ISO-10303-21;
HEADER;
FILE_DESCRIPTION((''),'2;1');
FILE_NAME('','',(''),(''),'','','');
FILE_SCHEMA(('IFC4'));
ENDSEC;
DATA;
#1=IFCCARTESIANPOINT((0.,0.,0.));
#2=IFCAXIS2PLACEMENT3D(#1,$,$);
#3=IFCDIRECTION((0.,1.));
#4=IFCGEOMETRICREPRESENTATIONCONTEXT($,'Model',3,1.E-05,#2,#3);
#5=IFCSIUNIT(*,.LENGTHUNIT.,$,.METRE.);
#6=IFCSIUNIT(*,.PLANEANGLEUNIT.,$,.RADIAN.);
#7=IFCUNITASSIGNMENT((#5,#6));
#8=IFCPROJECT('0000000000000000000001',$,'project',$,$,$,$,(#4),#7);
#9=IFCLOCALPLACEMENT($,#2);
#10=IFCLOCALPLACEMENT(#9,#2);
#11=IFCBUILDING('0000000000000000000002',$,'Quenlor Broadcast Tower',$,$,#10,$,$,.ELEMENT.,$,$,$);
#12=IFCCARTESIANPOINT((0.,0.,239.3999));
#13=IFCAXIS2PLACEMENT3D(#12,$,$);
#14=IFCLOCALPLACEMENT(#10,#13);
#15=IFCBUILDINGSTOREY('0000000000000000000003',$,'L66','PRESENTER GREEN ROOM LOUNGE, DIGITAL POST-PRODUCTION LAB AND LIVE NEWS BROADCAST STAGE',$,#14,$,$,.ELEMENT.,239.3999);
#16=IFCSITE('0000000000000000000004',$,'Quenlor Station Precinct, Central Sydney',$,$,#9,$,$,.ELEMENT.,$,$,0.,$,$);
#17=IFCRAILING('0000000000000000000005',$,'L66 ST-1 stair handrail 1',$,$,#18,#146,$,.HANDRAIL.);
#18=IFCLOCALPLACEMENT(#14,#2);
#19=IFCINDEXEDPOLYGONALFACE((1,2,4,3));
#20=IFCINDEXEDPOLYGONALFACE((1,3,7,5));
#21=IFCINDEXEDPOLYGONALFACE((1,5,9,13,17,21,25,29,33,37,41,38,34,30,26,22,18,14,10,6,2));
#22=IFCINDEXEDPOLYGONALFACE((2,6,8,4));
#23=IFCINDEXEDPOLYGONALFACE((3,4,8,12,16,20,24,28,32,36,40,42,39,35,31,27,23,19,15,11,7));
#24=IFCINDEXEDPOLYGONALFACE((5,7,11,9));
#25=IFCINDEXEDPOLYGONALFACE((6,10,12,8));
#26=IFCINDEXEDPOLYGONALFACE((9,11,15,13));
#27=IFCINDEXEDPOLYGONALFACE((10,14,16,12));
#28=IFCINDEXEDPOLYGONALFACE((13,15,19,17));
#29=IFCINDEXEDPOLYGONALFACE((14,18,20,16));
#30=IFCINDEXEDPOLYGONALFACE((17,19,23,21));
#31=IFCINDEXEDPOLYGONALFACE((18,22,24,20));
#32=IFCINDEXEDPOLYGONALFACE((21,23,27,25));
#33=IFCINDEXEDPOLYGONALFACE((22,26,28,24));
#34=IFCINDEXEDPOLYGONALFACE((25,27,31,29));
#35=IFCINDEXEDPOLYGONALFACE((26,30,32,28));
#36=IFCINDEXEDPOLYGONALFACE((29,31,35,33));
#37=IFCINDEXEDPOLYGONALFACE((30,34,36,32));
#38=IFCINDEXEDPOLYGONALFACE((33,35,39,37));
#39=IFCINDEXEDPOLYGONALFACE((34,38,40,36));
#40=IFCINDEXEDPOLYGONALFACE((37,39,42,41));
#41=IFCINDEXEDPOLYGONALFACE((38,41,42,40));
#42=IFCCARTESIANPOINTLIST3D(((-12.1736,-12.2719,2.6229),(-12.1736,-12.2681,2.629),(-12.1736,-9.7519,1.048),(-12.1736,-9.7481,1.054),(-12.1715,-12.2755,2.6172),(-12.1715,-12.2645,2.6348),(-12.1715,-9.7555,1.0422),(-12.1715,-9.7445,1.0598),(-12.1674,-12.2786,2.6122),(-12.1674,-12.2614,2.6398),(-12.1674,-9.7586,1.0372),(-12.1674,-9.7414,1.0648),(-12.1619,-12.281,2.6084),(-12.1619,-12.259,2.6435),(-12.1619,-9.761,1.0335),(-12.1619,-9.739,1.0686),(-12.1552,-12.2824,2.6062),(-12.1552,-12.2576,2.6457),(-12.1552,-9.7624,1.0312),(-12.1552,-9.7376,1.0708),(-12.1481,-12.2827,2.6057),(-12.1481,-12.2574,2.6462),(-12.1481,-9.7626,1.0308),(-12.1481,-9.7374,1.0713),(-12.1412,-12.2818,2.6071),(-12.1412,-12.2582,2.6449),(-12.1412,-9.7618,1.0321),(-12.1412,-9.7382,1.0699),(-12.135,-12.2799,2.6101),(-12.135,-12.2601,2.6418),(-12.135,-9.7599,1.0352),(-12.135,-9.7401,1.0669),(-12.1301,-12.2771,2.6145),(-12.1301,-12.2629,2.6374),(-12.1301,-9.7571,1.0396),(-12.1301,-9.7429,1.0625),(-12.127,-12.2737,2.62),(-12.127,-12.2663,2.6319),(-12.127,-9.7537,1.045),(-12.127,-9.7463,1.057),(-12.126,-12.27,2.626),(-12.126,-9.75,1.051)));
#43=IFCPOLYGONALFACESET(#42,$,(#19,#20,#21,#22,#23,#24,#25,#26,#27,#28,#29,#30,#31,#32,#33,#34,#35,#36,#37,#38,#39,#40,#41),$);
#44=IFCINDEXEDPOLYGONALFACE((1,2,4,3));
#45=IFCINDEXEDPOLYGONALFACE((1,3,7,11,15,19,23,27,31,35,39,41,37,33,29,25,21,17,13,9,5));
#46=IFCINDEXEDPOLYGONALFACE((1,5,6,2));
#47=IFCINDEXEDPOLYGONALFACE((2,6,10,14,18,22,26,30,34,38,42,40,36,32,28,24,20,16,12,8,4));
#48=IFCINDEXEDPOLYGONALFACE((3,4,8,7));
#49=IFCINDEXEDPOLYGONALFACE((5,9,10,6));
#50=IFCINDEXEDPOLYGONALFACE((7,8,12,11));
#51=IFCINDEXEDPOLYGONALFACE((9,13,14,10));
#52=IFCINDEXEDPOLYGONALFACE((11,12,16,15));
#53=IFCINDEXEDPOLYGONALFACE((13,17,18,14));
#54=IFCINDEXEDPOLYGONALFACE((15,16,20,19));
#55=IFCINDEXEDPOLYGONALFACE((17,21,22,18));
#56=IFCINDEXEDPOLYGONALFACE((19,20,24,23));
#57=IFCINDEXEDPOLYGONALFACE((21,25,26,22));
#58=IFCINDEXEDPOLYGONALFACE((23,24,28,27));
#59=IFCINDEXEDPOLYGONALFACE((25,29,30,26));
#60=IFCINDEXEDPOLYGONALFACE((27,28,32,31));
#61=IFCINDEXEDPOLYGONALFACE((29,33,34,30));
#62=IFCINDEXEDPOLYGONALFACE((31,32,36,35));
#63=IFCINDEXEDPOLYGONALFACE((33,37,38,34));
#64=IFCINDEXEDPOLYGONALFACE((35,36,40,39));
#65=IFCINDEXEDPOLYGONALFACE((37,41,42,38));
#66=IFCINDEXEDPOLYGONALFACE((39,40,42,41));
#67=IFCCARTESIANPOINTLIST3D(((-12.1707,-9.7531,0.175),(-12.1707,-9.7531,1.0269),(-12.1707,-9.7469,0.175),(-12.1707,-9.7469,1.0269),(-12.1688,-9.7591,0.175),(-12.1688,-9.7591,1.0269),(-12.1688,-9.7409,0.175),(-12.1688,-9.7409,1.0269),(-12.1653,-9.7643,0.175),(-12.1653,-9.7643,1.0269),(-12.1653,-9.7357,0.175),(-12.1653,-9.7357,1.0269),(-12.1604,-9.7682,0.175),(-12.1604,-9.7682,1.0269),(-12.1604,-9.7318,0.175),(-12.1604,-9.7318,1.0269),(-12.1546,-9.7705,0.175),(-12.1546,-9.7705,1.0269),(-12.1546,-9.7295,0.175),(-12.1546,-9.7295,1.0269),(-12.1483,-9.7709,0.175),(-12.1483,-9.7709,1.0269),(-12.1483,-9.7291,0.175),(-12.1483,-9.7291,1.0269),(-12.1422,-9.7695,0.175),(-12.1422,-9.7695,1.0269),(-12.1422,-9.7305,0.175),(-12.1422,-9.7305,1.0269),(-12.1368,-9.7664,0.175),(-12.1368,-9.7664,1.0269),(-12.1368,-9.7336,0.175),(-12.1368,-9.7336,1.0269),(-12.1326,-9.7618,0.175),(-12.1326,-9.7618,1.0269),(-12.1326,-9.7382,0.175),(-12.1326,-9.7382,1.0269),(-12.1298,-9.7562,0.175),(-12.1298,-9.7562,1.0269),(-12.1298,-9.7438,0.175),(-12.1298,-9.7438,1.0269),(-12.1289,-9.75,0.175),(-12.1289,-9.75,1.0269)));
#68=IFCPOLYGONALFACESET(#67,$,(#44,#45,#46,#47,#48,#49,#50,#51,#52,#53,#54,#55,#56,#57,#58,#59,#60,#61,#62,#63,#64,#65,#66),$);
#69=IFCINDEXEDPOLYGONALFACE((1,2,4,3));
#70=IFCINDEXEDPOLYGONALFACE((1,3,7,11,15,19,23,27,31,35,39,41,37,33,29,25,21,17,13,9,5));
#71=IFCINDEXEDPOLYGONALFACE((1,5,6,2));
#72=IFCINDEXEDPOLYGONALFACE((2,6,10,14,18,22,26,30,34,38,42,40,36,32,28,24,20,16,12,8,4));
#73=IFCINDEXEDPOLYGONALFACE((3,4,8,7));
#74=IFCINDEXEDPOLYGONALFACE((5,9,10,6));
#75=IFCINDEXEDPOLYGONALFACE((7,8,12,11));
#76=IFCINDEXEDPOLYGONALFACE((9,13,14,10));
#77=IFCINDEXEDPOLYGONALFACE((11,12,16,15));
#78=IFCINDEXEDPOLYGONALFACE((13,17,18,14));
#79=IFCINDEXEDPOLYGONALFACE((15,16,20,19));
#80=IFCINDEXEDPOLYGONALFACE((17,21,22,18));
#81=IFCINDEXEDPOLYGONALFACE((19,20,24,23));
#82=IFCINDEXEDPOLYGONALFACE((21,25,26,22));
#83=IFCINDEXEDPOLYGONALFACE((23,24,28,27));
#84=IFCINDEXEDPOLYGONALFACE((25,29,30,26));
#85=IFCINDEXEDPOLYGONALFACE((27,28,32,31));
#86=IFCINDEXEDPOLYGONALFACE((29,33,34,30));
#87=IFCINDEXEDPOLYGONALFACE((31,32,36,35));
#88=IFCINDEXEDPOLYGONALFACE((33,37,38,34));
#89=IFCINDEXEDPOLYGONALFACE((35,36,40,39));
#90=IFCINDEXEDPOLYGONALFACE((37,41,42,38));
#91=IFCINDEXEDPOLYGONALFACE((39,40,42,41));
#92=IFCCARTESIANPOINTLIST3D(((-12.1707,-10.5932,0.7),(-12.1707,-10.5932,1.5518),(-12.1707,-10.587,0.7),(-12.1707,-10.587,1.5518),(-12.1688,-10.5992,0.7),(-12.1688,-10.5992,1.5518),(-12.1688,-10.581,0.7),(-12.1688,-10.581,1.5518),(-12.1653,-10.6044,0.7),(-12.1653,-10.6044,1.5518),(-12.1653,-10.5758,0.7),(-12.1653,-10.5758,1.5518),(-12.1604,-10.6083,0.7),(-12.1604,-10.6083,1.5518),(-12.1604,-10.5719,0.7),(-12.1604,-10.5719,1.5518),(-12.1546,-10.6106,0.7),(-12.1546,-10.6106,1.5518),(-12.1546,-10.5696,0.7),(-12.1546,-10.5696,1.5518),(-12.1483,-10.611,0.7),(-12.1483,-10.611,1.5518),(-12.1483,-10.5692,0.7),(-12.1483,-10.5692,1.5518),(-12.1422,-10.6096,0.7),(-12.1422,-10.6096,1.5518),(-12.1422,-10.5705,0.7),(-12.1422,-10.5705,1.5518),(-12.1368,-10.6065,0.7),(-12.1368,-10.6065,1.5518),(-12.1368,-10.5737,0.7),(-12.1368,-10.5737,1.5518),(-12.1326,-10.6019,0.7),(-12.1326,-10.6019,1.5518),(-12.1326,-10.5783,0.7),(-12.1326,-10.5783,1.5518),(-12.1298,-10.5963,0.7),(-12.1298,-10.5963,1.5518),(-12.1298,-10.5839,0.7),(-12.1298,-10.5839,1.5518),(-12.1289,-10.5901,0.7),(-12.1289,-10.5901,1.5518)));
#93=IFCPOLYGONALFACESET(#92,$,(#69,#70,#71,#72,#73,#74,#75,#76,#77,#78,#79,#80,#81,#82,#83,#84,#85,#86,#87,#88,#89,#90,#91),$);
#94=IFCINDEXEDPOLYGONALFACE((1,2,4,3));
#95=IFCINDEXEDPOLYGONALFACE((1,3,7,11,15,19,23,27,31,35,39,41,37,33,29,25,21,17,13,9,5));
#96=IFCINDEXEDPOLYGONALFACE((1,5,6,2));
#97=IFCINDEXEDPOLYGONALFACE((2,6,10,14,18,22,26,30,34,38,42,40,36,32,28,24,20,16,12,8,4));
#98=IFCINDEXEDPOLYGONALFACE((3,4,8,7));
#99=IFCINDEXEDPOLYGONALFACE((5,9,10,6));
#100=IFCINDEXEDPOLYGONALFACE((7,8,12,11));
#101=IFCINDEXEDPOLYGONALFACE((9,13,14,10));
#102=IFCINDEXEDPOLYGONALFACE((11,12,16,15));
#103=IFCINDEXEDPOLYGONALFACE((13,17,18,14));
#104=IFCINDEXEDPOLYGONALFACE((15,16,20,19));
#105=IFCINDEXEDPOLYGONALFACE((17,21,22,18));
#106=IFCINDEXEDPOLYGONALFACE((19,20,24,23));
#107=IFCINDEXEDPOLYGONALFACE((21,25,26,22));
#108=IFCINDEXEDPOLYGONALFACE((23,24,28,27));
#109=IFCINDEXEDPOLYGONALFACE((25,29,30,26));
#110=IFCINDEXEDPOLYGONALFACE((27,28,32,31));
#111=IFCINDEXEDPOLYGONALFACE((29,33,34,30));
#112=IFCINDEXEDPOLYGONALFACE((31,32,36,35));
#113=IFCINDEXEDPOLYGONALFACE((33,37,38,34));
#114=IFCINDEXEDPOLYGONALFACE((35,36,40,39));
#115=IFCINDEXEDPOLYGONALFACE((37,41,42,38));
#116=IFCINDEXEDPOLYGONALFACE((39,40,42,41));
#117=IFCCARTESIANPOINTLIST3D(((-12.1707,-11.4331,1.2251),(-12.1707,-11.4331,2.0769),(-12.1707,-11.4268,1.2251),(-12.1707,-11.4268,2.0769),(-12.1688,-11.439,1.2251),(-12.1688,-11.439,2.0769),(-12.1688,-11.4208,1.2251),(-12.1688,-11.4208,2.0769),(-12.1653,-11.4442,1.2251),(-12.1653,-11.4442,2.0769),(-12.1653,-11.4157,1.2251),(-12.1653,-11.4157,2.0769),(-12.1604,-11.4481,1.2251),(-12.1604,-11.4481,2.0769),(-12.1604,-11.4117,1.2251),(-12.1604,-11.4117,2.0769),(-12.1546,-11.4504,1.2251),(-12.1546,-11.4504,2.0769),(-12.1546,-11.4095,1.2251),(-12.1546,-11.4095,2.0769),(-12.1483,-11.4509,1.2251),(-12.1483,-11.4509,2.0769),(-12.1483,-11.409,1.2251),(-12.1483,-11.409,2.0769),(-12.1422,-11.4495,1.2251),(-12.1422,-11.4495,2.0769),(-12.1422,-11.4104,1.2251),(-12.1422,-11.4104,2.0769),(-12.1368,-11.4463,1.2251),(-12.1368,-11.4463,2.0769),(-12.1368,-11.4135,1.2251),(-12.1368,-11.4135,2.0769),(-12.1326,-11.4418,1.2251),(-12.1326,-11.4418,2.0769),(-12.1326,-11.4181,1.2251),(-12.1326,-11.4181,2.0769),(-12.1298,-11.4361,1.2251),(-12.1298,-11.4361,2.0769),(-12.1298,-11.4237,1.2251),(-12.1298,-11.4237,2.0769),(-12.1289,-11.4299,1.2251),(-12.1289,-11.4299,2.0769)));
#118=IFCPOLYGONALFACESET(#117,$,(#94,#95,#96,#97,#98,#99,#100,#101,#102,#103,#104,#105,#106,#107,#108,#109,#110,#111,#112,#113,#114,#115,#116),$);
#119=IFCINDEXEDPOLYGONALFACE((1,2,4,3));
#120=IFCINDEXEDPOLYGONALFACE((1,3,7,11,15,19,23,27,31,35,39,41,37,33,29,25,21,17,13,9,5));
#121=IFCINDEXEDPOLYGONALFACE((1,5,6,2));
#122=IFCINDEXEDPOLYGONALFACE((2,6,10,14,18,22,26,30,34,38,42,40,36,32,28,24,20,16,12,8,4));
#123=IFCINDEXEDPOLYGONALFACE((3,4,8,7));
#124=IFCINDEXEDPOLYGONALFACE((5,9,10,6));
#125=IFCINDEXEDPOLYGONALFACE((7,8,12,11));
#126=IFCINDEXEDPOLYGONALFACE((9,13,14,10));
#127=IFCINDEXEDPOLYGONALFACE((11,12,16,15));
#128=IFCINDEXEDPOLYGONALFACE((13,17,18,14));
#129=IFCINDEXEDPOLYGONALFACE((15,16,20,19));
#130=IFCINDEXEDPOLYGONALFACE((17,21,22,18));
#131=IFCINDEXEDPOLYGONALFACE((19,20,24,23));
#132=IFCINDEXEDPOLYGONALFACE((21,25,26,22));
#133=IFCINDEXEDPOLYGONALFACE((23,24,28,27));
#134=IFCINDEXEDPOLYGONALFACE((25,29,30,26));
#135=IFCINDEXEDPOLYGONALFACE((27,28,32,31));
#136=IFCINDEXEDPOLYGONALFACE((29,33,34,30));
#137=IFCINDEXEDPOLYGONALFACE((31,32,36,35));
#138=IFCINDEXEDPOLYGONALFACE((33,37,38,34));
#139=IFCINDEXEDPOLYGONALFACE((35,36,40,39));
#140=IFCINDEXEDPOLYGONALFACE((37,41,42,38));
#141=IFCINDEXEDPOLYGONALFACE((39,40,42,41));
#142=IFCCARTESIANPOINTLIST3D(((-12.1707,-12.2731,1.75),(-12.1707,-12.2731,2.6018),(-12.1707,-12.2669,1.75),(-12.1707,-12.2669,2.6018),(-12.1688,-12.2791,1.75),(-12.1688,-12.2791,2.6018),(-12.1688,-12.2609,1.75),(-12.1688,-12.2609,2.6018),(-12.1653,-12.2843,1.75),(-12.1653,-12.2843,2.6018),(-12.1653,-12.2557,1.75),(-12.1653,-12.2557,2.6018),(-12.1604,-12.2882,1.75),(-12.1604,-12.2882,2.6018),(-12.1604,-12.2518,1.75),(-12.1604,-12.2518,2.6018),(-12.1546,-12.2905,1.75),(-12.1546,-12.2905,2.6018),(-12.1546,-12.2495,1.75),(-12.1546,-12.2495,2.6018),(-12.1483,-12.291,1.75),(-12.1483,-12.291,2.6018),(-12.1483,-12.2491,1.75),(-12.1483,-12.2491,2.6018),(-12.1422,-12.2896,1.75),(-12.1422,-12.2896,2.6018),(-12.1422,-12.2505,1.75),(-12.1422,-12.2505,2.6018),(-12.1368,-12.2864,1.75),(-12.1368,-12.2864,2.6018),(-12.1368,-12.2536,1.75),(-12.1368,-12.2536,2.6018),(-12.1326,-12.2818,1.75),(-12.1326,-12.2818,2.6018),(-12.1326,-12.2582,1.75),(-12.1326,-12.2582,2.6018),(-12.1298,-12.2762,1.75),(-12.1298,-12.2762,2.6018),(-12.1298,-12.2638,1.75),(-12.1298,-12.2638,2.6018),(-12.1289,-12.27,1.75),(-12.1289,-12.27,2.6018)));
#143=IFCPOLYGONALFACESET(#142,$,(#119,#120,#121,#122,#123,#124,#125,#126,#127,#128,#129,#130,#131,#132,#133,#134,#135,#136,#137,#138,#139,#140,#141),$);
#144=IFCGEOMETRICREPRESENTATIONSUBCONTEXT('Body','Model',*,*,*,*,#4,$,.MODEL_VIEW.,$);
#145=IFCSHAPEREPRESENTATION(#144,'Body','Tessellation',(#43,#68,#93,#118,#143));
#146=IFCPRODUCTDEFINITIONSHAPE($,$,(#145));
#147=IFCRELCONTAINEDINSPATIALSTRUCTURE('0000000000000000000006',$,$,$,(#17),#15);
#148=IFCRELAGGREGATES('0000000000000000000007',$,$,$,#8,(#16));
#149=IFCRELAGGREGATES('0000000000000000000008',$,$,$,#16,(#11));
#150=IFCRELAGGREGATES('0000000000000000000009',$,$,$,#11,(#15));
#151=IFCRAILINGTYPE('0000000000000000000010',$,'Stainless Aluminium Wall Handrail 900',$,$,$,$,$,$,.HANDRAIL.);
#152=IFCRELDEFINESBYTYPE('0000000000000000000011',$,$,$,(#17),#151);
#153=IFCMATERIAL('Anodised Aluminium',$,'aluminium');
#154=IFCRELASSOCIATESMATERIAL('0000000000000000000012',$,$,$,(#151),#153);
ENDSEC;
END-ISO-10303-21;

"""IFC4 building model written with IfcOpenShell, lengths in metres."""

from ifc_helpers import new_model, si_unit, direction, frame, origin, origin_2d, place, context, subcontext, project, spatial, circle, extrude, material, type_object, element, save


model = new_model("IFC4")

# Units and contexts
model_context = context("Model", 3, precision=1e-05, world=origin(), true_north=direction((0.0, 1.0)))
body_context = subcontext(model_context, "Body", "Model", "MODEL_VIEW")
ifc_project = project(units=[si_unit("LENGTHUNIT", "METRE"), si_unit("PLANEANGLEUNIT", "RADIAN")], contexts=[model_context])

# Site, building, storey
site_placement = place(None, origin())
site = spatial("IfcSite", under=ifc_project, at=site_placement, Name="Quenlor Station Precinct, Central Sydney", CompositionType="ELEMENT", RefElevation=0.0)
building_placement = place(site_placement, origin())
building = spatial("IfcBuilding", under=site, at=building_placement, Name="Quenlor Broadcast Tower", CompositionType="ELEMENT")
storey_placement = place(building_placement, frame((0.0, 0.0, 239.3999)))
storey = spatial("IfcBuildingStorey", under=building, at=storey_placement, Name="L66", Description="PRESENTER GREEN ROOM LOUNGE, DIGITAL POST-PRODUCTION LAB AND LIVE NEWS BROADCAST STAGE", CompositionType="ELEMENT", Elevation=239.3999)

# Railing
ifc_material_1 = material(Name="Anodised Aluminium", Category="aluminium")
railing_type = type_object("IfcRailingType", Name="Stainless Aluminium Wall Handrail 900", PredefinedType="HANDRAIL", material=ifc_material_1)
railing_placement = place(storey_placement, frame((-12.1499, -9.75, 0.175)))
element("IfcRailing", 1, at=railing_placement, inside=storey, type_object=railing_type, Name="L66 ST-1 stair handrail 1", PredefinedType="HANDRAIL", context=body_context, shape_type="SweptSolid", body=[
    extrude(circle(Radius=0.0239, at=origin_2d()), frame((0.0, 0.0, 0.876), z_axis=(0.0, -0.848008, 0.529984), x_axis=(1.0, 0.0, 0.0)), (0.0, 0.0, 1.0), 2.9717),
    extrude(circle(Radius=0.021, at=origin_2d()), origin(), (0.0, 0.0, 1.0), 0.8518),
    extrude(circle(Radius=0.021, at=origin_2d()), frame((0.0, -0.8401, 0.5249)), (0.0, 0.0, 1.0), 0.8518),
    extrude(circle(Radius=0.021, at=origin_2d()), frame((0.0, -1.6799, 1.05)), (0.0, 0.0, 1.0), 0.8518),
    extrude(circle(Radius=0.021, at=origin_2d()), frame((0.0, -2.52, 1.575)), (0.0, 0.0, 1.0), 0.8518),
])

save(model, "model.ifc")
